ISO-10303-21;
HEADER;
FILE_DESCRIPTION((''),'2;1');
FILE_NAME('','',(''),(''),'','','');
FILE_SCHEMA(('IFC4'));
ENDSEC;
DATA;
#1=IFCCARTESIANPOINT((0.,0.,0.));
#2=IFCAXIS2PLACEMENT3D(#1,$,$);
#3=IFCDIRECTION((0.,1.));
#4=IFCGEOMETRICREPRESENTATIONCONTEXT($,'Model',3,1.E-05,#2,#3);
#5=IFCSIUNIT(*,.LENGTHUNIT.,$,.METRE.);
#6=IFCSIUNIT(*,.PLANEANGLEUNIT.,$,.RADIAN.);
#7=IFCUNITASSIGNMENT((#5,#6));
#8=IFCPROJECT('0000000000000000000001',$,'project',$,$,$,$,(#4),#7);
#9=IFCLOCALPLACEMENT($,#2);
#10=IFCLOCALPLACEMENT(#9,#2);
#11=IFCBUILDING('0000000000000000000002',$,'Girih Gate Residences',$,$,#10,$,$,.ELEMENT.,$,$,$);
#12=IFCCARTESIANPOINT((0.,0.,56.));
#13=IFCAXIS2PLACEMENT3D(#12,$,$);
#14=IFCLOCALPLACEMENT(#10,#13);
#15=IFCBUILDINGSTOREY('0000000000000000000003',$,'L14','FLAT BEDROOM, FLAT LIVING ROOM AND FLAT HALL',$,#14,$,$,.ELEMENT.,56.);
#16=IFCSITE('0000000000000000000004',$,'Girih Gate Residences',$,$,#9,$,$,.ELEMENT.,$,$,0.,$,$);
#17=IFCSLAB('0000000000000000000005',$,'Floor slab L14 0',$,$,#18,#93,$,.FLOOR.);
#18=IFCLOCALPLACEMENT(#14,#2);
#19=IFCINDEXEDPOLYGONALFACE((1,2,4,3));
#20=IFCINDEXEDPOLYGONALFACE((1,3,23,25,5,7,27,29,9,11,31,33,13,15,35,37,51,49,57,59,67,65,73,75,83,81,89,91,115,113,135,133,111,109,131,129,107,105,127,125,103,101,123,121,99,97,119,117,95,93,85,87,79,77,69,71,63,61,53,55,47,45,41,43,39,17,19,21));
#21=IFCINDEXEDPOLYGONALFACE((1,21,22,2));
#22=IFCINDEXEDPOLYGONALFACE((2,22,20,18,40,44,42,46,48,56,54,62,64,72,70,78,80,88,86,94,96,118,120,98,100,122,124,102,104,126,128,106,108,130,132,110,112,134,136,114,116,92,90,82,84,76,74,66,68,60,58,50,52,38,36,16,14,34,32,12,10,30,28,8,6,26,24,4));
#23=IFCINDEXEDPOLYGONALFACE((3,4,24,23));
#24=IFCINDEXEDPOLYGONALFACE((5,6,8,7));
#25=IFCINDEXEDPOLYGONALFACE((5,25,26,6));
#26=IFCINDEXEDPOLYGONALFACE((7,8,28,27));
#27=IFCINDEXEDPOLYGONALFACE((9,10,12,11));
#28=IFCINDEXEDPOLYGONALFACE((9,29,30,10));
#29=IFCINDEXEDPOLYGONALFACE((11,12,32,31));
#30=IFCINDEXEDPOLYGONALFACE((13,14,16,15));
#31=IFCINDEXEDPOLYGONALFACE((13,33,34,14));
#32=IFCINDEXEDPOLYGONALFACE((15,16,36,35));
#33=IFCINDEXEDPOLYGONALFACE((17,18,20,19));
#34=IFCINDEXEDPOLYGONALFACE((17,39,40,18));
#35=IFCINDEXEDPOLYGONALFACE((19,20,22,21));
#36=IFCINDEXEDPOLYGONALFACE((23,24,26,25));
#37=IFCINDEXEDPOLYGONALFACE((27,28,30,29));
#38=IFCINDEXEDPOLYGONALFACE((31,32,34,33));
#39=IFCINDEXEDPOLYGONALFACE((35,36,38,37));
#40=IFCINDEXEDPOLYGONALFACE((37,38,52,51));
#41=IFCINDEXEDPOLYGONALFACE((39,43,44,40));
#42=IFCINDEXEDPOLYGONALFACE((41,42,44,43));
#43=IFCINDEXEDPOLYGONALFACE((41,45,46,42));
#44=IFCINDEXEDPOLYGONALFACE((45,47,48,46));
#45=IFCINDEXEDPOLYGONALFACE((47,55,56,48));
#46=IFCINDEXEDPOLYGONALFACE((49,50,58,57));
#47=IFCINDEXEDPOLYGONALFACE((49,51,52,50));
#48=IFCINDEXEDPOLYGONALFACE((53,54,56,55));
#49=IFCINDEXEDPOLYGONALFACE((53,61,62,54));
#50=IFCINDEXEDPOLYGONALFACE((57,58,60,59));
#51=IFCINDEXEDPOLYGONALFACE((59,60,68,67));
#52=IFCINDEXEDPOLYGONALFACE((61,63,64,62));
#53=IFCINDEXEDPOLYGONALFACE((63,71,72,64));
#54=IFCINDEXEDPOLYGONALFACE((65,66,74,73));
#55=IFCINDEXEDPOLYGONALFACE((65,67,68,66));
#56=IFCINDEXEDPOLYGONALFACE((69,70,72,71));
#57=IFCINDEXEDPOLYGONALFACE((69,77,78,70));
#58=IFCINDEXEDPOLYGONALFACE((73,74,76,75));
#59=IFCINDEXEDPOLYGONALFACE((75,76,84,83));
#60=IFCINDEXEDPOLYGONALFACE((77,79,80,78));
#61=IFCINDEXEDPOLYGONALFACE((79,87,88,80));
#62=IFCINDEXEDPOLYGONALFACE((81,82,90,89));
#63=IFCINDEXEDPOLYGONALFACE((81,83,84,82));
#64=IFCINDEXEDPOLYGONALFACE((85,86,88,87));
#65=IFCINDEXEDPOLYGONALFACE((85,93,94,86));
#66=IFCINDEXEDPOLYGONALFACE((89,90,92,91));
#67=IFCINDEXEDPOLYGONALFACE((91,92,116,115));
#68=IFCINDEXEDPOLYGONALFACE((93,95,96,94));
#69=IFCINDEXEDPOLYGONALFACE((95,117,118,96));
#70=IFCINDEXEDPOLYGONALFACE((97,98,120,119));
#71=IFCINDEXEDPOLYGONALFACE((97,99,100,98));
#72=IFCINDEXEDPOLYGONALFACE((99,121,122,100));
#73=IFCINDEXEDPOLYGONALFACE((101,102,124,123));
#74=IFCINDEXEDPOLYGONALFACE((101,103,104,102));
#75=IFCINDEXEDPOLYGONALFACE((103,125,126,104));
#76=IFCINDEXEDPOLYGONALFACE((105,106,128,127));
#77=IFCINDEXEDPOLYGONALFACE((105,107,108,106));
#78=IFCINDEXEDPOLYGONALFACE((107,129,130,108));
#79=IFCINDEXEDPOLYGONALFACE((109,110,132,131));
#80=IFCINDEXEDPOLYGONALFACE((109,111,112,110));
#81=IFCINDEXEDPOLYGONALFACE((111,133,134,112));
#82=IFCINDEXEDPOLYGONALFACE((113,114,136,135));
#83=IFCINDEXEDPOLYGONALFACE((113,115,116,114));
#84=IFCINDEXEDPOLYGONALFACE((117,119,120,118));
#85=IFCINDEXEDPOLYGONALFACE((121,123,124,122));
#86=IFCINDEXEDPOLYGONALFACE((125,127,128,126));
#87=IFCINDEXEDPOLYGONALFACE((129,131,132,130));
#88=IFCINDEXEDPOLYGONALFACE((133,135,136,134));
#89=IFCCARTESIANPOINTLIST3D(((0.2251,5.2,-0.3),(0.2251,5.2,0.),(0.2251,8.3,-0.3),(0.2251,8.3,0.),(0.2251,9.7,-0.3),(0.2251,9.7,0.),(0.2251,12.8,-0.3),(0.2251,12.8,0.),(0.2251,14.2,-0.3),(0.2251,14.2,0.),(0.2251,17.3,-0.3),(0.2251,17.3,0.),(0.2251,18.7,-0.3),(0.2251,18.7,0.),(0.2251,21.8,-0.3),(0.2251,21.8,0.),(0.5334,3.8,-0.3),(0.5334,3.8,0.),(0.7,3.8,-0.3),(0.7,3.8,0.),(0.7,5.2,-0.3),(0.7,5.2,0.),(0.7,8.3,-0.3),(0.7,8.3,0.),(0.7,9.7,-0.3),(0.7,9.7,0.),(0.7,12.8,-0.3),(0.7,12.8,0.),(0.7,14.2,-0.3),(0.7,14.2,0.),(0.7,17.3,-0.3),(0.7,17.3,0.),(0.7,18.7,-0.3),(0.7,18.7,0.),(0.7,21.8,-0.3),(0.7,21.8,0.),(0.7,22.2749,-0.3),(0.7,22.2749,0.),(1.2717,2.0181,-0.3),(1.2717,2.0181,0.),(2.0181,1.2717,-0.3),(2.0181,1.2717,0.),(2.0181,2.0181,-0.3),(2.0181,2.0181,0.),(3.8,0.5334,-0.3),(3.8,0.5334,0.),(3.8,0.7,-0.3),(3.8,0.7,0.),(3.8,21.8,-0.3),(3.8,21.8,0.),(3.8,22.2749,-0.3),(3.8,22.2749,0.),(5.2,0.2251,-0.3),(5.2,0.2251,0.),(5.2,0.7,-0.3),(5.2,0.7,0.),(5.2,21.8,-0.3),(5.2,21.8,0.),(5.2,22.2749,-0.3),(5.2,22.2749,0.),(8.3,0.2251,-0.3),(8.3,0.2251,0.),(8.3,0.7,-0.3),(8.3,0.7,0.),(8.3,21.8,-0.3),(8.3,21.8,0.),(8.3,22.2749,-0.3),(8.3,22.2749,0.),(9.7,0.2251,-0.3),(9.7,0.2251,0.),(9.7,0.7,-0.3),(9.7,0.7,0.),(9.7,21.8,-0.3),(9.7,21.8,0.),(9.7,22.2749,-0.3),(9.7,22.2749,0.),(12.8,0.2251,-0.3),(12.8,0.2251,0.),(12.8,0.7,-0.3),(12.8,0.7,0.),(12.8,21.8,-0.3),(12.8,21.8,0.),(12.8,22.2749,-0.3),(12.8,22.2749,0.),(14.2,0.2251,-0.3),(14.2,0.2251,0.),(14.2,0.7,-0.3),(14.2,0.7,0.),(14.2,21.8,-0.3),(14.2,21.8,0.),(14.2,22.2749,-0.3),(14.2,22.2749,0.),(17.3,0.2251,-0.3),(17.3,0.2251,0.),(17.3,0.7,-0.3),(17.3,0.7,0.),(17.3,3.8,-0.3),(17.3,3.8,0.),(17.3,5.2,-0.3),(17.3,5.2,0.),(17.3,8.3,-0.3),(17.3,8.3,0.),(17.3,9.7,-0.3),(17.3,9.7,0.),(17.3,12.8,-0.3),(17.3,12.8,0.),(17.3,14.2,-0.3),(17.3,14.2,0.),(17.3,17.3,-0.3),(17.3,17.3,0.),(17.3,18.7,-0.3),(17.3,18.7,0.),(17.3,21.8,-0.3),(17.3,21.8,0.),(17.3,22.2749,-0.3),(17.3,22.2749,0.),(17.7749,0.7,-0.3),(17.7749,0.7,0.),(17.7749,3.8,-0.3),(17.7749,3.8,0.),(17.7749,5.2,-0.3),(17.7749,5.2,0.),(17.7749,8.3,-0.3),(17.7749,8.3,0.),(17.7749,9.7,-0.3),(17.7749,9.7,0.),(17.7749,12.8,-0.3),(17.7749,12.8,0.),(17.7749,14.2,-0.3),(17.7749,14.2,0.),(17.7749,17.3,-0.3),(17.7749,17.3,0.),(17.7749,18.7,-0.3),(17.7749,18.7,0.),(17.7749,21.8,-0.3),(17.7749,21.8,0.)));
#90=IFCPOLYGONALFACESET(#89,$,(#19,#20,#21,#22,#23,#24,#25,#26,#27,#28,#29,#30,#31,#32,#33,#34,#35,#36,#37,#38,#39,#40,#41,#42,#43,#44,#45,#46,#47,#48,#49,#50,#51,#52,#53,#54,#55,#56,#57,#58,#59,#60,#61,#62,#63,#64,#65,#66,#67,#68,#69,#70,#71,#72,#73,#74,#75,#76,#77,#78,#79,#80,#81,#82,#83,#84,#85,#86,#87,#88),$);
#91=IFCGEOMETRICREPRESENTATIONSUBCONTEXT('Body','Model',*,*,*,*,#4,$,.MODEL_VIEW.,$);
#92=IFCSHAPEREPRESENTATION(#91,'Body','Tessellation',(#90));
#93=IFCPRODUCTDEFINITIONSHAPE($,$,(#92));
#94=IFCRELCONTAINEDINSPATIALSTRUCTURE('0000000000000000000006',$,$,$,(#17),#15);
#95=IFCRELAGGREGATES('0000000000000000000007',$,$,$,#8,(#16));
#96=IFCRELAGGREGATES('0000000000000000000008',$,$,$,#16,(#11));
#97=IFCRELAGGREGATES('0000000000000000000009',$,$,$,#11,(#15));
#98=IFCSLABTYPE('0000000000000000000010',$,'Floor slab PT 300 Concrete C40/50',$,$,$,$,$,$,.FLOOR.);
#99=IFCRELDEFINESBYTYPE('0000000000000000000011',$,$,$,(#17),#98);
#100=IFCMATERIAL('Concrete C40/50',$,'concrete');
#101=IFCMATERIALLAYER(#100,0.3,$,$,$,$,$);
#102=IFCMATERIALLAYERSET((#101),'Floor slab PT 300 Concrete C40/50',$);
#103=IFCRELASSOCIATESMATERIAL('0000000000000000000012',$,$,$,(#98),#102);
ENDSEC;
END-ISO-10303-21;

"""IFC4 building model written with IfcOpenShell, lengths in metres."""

from ifc_helpers import new_model, si_unit, direction, frame, origin, place, context, subcontext, project, spatial, polyline, outline, extrude, material, layer, layer_set, type_object, element, save


model = new_model("IFC4")

# Units and contexts
model_context = context("Model", 3, precision=1e-05, world=origin(), true_north=direction((0.0, 1.0)))
body_context = subcontext(model_context, "Body", "Model", "MODEL_VIEW")
ifc_project = project(units=[si_unit("LENGTHUNIT", "METRE"), si_unit("PLANEANGLEUNIT", "RADIAN")], contexts=[model_context])

# Site, building, storey
site_placement = place(None, origin())
site = spatial("IfcSite", under=ifc_project, at=site_placement, Name="Girih Gate Residences", CompositionType="ELEMENT", RefElevation=0.0)
building_placement = place(site_placement, origin())
building = spatial("IfcBuilding", under=site, at=building_placement, Name="Girih Gate Residences", CompositionType="ELEMENT")
storey_placement = place(building_placement, frame((0.0, 0.0, 56.0)))
storey = spatial("IfcBuildingStorey", under=building, at=storey_placement, Name="L14", Description="FLAT BEDROOM, FLAT LIVING ROOM AND FLAT HALL", CompositionType="ELEMENT", Elevation=56.0)

# Slab
ifc_material_1 = material(Name="Concrete C40/50", Category="concrete")
ifc_layer_1 = layer(ifc_material_1, 0.3)
ifc_layer_set_1 = layer_set([ifc_layer_1], Name="Floor slab PT 300 Concrete C40/50")
slab_type_1 = type_object("IfcSlabType", Name="Floor slab PT 300 Concrete C40/50", PredefinedType="FLOOR", material=ifc_layer_set_1)
slab_1_placement = place(storey_placement, frame((0.0, 0.0, -0.3)))
element("IfcSlab", 1, at=slab_1_placement, inside=storey, type_object=slab_type_1, Name="Floor slab L14 0", PredefinedType="FLOOR", context=body_context, shape_type="SweptSolid", body=[
    extrude(outline(polyline([(0.2251, 8.3), (0.2251, 5.2), (0.7, 5.2), (0.7, 3.8), (0.5334, 3.8), (1.2717, 2.0181), (2.0181, 2.0181), (2.0181, 1.2717), (3.8, 0.5334), (3.8, 0.7), (5.2, 0.7), (5.2, 0.2251), (8.3, 0.2251), (8.3, 0.7), (9.7, 0.7), (9.7, 0.2251), (12.8, 0.2251), (12.8, 0.7), (14.2, 0.7), (14.2, 0.2251), (17.3, 0.2251), (17.3, 0.7), (17.7749, 0.7), (17.7749, 3.8), (17.3, 3.8), (17.3, 5.2), (17.7749, 5.2), (17.7749, 8.3), (17.3, 8.3), (17.3, 9.7), (17.7749, 9.7), (17.7749, 12.8), (17.3, 12.8), (17.3, 14.2), (17.7749, 14.2), (17.7749, 17.3), (17.3, 17.3), (17.3, 18.7), (17.7749, 18.7), (17.7749, 21.8), (17.3, 21.8), (17.3, 22.2749), (14.2, 22.2749), (14.2, 21.8), (12.8, 21.8), (12.8, 22.2749), (9.7, 22.2749), (9.7, 21.8), (8.3, 21.8), (8.3, 22.2749), (5.2, 22.2749), (5.2, 21.8), (3.8, 21.8), (3.8, 22.2749), (0.7, 22.2749), (0.7, 21.8), (0.2251, 21.8), (0.2251, 18.7), (0.7, 18.7), (0.7, 17.3), (0.2251, 17.3), (0.2251, 14.2), (0.7, 14.2), (0.7, 12.8), (0.2251, 12.8), (0.2251, 9.7), (0.7, 9.7), (0.7, 8.3), (0.2251, 8.3)])), origin(), (0.0, 0.0, 1.0), 0.3),
])

save(model, "model.ifc")
